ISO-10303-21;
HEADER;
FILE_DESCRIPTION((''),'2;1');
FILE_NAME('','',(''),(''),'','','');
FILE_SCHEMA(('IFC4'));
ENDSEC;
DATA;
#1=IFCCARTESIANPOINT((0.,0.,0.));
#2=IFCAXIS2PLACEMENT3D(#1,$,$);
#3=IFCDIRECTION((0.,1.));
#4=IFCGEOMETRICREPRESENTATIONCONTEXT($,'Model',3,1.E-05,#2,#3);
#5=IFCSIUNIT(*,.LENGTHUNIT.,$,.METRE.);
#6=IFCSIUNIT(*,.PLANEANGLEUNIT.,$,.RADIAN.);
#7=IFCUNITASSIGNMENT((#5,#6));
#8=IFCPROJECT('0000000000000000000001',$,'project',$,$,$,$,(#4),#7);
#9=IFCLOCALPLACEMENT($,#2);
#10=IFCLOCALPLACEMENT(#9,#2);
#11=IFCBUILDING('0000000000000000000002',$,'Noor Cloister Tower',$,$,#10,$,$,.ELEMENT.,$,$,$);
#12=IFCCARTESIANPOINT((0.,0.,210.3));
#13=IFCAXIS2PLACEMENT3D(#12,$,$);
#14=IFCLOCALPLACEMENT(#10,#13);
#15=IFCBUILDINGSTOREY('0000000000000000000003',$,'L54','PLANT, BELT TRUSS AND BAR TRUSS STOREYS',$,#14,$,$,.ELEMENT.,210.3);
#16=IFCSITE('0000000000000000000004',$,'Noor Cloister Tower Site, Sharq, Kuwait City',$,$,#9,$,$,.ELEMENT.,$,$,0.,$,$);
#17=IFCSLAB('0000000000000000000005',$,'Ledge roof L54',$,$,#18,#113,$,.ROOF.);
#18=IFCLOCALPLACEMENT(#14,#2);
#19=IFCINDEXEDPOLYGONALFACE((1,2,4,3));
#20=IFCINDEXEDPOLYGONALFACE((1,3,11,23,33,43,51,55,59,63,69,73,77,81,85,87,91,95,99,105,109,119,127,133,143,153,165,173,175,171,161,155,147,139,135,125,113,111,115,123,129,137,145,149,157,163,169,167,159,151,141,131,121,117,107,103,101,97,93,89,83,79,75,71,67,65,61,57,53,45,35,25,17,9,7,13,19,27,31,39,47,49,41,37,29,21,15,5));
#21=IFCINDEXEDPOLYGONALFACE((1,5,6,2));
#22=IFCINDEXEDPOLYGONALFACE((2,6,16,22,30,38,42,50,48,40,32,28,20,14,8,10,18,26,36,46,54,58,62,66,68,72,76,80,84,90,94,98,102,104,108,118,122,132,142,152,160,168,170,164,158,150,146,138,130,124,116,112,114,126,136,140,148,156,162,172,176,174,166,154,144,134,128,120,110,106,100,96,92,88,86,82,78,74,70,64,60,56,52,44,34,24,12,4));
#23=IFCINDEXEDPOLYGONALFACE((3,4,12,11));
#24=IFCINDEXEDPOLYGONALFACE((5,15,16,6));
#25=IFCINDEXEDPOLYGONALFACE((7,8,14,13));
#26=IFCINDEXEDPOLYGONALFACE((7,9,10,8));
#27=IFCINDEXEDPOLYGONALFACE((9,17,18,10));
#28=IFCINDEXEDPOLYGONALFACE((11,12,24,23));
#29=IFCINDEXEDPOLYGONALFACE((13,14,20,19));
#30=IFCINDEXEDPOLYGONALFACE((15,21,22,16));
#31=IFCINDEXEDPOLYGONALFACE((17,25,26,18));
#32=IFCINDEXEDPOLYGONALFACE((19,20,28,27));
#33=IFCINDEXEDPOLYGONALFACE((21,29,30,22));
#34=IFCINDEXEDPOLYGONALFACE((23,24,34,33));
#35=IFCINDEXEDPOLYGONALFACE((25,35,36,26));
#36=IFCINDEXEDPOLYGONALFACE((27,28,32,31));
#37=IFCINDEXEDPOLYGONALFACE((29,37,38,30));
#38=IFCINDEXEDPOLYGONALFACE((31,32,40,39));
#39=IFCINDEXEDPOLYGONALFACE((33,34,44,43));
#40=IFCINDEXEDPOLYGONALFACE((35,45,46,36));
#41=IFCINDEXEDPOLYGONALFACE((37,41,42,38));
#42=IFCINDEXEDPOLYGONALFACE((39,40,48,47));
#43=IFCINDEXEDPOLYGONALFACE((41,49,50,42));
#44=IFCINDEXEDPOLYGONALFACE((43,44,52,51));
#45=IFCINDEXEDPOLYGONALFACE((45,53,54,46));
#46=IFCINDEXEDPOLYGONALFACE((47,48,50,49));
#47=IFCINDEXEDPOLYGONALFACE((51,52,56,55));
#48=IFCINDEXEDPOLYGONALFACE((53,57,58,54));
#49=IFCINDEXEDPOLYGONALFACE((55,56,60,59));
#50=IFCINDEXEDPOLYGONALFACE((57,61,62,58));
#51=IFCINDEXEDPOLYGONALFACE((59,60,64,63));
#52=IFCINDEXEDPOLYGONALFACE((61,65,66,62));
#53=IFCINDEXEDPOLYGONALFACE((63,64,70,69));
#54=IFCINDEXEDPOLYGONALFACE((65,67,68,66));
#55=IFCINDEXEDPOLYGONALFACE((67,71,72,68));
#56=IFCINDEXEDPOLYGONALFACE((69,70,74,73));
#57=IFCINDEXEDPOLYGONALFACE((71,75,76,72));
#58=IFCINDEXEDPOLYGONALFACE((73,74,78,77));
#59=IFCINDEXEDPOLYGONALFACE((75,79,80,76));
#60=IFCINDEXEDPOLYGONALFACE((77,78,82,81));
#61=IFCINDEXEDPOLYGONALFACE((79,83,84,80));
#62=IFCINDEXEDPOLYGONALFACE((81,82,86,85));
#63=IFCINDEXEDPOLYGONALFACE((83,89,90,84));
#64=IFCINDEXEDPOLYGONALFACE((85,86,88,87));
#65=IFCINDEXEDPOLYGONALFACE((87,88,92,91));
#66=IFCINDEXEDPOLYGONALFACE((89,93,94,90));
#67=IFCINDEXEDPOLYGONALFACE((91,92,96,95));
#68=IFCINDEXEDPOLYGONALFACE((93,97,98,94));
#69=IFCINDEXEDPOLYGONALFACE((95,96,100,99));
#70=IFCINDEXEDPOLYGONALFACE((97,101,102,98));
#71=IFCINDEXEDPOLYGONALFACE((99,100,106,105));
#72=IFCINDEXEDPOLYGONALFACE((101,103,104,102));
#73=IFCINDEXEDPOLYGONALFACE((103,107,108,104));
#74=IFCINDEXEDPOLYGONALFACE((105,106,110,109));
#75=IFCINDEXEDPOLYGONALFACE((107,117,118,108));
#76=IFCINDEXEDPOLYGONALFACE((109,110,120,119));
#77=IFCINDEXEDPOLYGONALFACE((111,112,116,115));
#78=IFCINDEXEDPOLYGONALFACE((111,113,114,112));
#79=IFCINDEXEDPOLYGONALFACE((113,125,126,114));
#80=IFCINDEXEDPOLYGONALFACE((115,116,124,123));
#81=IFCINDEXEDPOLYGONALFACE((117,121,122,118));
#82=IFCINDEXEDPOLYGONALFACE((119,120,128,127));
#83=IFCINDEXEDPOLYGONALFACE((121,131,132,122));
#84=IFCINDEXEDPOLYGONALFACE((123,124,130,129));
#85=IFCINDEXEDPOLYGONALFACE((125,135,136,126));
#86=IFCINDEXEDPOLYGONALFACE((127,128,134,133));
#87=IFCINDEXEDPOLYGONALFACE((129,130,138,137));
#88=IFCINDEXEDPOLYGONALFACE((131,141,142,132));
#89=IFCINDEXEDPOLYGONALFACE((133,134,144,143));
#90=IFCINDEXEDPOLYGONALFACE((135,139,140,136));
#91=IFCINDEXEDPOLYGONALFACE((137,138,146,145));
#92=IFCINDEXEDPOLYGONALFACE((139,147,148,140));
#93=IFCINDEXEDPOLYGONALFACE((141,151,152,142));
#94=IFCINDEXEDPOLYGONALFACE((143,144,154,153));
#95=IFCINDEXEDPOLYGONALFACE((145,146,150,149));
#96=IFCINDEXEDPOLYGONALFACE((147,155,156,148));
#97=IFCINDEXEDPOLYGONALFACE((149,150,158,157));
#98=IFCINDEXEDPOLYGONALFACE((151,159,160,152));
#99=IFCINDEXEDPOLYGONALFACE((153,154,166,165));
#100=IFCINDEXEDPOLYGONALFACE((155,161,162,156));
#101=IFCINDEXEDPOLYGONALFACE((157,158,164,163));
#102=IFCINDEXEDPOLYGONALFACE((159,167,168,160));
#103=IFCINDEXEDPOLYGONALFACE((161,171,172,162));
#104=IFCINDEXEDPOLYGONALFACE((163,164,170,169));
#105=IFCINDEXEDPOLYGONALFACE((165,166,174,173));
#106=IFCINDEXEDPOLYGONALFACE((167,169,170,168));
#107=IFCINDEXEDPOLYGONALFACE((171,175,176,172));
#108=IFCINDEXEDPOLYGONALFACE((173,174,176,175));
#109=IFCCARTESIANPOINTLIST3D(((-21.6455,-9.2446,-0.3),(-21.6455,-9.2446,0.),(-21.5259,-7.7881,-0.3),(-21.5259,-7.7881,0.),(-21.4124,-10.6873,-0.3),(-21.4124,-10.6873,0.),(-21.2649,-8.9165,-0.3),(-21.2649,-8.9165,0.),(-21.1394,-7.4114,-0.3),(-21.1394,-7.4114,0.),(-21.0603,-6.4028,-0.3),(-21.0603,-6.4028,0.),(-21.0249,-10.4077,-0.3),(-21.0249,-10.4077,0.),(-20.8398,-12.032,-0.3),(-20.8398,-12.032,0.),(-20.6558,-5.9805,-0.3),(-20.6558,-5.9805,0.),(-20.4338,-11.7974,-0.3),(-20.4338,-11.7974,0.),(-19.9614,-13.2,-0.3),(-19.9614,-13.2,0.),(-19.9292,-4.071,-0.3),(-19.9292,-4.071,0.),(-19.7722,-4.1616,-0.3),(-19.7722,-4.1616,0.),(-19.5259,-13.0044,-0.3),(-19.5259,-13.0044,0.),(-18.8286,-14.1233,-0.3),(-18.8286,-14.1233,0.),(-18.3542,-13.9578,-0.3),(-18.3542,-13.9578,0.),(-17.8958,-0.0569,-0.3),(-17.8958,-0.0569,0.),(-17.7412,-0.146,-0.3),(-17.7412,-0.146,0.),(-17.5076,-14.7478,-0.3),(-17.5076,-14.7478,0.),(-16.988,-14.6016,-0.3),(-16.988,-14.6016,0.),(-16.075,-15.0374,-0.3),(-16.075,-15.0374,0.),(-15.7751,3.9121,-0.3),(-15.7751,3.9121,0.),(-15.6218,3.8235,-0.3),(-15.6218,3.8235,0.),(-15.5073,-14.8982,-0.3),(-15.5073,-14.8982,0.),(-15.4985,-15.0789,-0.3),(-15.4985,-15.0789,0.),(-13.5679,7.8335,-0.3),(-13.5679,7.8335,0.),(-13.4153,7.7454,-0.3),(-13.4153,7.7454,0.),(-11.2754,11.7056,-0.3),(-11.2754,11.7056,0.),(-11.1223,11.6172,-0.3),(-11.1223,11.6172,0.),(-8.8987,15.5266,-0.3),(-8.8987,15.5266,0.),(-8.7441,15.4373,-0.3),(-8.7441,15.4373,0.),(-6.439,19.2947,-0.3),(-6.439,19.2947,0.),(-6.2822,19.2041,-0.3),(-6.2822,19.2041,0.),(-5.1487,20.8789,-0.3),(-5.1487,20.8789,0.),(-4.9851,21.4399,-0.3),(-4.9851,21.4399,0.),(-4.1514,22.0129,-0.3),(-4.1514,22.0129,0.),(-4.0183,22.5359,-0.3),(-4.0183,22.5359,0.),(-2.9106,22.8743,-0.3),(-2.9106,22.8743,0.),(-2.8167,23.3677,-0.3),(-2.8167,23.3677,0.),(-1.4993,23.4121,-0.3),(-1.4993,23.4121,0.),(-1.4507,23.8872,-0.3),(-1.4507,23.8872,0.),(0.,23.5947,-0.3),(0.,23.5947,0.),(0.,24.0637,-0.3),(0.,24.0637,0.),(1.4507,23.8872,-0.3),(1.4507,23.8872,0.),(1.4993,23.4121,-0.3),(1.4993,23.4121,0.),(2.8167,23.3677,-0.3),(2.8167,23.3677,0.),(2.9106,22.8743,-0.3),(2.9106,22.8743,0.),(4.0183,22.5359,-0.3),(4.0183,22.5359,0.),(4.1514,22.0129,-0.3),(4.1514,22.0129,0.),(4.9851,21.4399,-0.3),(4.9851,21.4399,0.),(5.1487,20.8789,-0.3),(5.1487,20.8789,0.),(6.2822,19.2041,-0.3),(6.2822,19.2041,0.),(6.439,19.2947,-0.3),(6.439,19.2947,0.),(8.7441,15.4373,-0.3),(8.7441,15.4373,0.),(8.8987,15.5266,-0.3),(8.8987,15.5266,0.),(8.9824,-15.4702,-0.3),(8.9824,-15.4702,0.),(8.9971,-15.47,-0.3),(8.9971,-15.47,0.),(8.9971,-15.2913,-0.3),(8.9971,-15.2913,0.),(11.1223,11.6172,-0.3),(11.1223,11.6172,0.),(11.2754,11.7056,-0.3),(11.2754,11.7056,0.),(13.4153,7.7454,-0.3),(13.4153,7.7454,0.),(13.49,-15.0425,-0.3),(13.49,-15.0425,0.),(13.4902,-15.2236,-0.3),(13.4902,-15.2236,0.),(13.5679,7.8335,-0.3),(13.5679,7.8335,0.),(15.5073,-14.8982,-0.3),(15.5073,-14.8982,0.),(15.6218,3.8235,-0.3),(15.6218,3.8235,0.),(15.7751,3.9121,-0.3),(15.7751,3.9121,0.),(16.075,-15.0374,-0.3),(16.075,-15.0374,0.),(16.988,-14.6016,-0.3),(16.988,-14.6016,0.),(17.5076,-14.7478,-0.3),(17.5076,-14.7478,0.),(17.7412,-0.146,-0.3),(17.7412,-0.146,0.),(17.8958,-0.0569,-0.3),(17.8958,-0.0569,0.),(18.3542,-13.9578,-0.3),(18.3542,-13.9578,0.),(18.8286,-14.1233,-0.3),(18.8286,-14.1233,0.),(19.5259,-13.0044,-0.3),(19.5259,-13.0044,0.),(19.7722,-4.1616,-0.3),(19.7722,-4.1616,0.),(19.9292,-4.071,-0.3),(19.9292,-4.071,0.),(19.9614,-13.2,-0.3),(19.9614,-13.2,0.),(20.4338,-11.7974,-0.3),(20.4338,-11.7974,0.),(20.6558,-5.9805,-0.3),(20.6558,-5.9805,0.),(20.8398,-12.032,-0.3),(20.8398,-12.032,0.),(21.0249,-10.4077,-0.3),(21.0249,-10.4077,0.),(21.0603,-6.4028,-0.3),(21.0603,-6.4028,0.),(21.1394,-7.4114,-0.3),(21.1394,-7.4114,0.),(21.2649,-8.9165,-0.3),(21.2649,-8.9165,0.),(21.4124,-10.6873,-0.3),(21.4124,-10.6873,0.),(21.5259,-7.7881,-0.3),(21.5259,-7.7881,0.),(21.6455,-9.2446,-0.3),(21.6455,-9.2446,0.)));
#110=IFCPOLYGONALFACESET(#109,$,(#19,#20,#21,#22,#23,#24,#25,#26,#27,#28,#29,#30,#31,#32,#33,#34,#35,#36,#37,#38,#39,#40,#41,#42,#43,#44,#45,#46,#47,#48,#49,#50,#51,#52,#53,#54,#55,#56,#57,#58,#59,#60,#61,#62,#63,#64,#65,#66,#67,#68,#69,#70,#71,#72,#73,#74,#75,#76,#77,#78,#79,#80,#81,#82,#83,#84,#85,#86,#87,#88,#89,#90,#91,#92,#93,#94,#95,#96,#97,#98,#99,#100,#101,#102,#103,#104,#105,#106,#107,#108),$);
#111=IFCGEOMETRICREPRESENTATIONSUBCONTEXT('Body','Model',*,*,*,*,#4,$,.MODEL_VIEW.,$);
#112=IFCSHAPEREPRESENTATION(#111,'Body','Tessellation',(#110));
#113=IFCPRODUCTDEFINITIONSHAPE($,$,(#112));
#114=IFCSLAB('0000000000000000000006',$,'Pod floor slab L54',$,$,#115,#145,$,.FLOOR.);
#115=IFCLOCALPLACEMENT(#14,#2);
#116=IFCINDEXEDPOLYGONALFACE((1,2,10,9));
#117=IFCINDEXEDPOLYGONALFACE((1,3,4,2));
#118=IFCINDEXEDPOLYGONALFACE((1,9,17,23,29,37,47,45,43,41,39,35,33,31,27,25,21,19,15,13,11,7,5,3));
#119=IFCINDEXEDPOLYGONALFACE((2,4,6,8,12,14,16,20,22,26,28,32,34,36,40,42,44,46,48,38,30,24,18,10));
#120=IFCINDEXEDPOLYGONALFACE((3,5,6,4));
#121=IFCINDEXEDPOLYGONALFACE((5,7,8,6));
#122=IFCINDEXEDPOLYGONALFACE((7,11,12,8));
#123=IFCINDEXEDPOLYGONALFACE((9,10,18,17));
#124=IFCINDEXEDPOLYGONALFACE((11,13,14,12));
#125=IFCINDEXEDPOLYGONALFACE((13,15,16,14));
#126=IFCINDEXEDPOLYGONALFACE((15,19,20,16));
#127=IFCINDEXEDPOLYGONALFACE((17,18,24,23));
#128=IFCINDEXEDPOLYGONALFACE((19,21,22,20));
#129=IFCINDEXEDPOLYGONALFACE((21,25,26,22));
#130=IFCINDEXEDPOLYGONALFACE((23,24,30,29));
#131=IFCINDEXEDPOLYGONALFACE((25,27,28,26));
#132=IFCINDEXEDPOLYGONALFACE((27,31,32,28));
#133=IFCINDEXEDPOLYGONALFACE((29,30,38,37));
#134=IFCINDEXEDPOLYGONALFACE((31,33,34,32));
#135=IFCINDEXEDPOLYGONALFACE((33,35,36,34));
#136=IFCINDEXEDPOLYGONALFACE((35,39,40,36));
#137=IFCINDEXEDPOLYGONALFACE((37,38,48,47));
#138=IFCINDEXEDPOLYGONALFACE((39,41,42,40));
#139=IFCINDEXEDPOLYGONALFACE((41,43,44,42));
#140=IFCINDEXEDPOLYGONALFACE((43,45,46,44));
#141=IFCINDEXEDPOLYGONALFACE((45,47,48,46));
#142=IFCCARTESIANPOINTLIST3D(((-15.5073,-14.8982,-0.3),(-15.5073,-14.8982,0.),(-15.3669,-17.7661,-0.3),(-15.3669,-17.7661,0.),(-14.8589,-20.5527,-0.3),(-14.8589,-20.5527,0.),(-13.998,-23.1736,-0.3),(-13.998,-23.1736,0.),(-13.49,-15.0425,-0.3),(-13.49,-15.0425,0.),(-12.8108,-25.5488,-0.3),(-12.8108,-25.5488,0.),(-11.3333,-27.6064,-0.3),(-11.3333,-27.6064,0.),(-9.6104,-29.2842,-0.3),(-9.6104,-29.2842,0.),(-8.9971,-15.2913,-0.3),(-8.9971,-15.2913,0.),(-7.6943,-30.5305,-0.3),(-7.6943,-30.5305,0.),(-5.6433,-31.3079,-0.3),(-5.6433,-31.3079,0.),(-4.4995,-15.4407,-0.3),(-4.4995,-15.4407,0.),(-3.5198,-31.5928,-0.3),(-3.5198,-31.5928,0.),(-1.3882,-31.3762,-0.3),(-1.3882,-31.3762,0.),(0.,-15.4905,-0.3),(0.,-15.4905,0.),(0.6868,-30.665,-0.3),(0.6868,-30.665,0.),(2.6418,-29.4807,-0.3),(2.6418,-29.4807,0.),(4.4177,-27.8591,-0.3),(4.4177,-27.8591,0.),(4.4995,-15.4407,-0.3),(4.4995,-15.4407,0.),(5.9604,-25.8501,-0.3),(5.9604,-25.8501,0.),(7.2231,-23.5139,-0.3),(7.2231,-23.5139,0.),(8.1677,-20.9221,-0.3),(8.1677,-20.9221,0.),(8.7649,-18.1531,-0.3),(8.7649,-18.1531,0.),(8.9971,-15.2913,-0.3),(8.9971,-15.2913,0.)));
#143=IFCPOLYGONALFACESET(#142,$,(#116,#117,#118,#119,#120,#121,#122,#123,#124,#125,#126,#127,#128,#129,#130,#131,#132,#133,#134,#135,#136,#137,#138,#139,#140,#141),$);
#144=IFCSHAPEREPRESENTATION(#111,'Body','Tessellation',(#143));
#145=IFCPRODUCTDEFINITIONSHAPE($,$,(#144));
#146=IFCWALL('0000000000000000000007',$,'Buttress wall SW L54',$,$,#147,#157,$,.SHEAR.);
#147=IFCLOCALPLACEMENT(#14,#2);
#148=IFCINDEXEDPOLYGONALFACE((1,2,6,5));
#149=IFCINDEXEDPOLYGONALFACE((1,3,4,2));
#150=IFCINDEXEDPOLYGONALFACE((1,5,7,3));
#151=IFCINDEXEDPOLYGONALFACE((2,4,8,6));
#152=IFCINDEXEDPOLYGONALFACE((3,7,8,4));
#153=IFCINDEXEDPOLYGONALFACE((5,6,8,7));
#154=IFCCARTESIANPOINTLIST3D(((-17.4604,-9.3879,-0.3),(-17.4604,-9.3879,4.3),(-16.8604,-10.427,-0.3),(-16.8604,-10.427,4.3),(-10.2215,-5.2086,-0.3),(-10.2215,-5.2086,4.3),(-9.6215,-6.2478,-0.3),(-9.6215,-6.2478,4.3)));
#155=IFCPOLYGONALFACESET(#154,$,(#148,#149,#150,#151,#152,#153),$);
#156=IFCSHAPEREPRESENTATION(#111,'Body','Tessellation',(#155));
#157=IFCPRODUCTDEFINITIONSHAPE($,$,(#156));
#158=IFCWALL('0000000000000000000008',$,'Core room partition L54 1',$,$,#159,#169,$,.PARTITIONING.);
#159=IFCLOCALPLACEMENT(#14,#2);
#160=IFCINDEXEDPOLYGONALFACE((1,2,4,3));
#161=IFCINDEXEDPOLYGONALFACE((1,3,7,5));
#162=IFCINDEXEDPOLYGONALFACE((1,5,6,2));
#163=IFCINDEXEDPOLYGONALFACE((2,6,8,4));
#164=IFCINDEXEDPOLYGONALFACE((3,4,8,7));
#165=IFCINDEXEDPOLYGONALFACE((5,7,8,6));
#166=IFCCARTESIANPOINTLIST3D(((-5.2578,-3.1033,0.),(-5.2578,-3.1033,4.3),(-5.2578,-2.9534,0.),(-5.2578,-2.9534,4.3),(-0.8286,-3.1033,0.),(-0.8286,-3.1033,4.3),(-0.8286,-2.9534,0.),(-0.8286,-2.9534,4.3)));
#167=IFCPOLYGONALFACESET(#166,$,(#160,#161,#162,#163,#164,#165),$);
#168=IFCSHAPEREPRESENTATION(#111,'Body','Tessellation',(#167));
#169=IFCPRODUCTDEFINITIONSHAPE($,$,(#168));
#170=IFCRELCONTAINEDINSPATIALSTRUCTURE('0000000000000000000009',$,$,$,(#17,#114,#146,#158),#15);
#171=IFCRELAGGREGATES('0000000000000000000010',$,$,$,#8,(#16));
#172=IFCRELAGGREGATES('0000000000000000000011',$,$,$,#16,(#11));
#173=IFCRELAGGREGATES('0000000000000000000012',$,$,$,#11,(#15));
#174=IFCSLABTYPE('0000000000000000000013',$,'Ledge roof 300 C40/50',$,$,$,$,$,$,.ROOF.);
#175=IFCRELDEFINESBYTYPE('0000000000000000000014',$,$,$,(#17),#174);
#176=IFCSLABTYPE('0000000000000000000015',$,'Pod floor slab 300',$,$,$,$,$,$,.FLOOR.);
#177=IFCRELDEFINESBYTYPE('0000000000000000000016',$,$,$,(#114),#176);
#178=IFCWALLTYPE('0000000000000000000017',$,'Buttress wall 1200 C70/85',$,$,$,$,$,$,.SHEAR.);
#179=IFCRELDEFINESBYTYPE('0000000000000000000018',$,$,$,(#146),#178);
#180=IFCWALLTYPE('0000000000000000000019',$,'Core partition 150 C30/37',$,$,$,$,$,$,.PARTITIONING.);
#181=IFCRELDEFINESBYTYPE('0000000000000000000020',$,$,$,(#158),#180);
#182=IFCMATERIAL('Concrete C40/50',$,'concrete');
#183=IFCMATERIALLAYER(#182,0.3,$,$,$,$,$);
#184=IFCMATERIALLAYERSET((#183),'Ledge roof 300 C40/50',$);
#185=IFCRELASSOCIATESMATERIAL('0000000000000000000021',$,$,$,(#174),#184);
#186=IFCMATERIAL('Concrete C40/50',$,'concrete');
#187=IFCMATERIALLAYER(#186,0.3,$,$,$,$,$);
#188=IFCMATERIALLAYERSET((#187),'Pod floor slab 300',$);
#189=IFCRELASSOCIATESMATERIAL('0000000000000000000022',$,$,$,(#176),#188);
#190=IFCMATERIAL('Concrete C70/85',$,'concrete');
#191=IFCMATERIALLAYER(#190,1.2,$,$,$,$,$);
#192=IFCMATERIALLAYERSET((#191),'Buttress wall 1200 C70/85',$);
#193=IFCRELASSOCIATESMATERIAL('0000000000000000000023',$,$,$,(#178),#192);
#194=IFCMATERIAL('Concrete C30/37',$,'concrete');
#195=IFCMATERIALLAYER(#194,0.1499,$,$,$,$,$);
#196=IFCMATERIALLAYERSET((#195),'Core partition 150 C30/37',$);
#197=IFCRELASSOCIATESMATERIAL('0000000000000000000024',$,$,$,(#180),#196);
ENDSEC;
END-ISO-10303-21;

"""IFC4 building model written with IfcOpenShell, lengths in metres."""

from ifc_helpers import new_model, si_unit, direction, frame, frame_2d, origin, place, context, subcontext, project, spatial, polyline, rectangle, outline, extrude, material, layer, layer_set, type_object, element, save


model = new_model("IFC4")

# Units and contexts
model_context = context("Model", 3, precision=1e-05, world=origin(), true_north=direction((0.0, 1.0)))
body_context = subcontext(model_context, "Body", "Model", "MODEL_VIEW")
ifc_project = project(units=[si_unit("LENGTHUNIT", "METRE"), si_unit("PLANEANGLEUNIT", "RADIAN")], contexts=[model_context])

# Site, building, storey
site_placement = place(None, origin())
site = spatial("IfcSite", under=ifc_project, at=site_placement, Name="Noor Cloister Tower Site, Sharq, Kuwait City", CompositionType="ELEMENT", RefElevation=0.0)
building_placement = place(site_placement, origin())
building = spatial("IfcBuilding", under=site, at=building_placement, Name="Noor Cloister Tower", CompositionType="ELEMENT")
storey_placement = place(building_placement, frame((0.0, 0.0, 210.3)))
storey = spatial("IfcBuildingStorey", under=building, at=storey_placement, Name="L54", Description="PLANT, BELT TRUSS AND BAR TRUSS STOREYS", CompositionType="ELEMENT", Elevation=210.3)

# Slabs
ifc_material_1 = material(Name="Concrete C40/50", Category="concrete")
ifc_layer_1 = layer(ifc_material_1, 0.3)
ifc_layer_set_1 = layer_set([ifc_layer_1], Name="Ledge roof 300 C40/50")
slab_type_1 = type_object("IfcSlabType", Name="Ledge roof 300 C40/50", PredefinedType="ROOF", material=ifc_layer_set_1)
slab_1_placement = place(storey_placement, frame((0.0, 0.0, -0.3)))
element("IfcSlab", 1, at=slab_1_placement, inside=storey, type_object=slab_type_1, Name="Ledge roof L54", PredefinedType="ROOF", context=body_context, shape_type="SweptSolid", body=[
    extrude(outline(polyline([(8.8987, 15.5266), (6.439, 19.2947), (4.9851, 21.4399), (4.0183, 22.5359), (2.8167, 23.3677), (1.4507, 23.8872), (0.0, 24.0637), (-1.4507, 23.8872), (-2.8167, 23.3677), (-4.0183, 22.5359), (-4.9851, 21.4399), (-6.439, 19.2947), (-8.8987, 15.5266), (-11.2754, 11.7056), (-13.5679, 7.8335), (-15.7751, 3.9121), (-17.8958, -0.0569), (-19.9292, -4.071), (-21.0603, -6.4028), (-21.5259, -7.7881), (-21.6455, -9.2446), (-21.4124, -10.6873), (-20.8398, -12.032), (-19.9614, -13.2), (-18.8286, -14.1233), (-17.5076, -14.7478), (-16.075, -15.0374), (-15.4985, -15.0789), (-15.5073, -14.8982), (-16.988, -14.6016), (-18.3542, -13.9578), (-19.5259, -13.0044), (-20.4338, -11.7974), (-21.0249, -10.4077), (-21.2649, -8.9165), (-21.1394, -7.4114), (-20.6558, -5.9805), (-19.7722, -4.1616), (-17.7412, -0.146), (-15.6218, 3.8235), (-13.4153, 7.7454), (-11.1223, 11.6172), (-8.7441, 15.4373), (-6.2822, 19.2041), (-5.1487, 20.8789), (-4.1514, 22.0129), (-2.9106, 22.8743), (-1.4993, 23.4121), (0.0, 23.5947), (1.4993, 23.4121), (2.9106, 22.8743), (4.1514, 22.0129), (5.1487, 20.8789), (6.2822, 19.2041), (8.7441, 15.4373), (11.1223, 11.6172), (13.4153, 7.7454), (15.6218, 3.8235), (17.7412, -0.146), (19.7722, -4.1616), (20.6558, -5.9805), (21.1394, -7.4114), (21.2649, -8.9165), (21.0249, -10.4077), (20.4338, -11.7974), (19.5259, -13.0044), (18.3542, -13.9578), (16.988, -14.6016), (15.5073, -14.8982), (13.49, -15.0425), (8.9971, -15.2913), (8.9824, -15.4702), (8.9971, -15.47), (13.4902, -15.2236), (16.075, -15.0374), (17.5076, -14.7478), (18.8286, -14.1233), (19.9614, -13.2), (20.8398, -12.032), (21.4124, -10.6873), (21.6455, -9.2446), (21.5259, -7.7881), (21.0603, -6.4028), (19.9292, -4.071), (17.8958, -0.0569), (15.7751, 3.9121), (13.5679, 7.8335), (11.2754, 11.7056), (8.8987, 15.5266)])), origin(), (0.0, 0.0, 1.0), 0.3),
])
ifc_material_2 = material(Name="Concrete C40/50", Category="concrete")
ifc_layer_2 = layer(ifc_material_2, 0.3)
ifc_layer_set_2 = layer_set([ifc_layer_2], Name="Pod floor slab 300")
slab_type_2 = type_object("IfcSlabType", Name="Pod floor slab 300", PredefinedType="FLOOR", material=ifc_layer_set_2)
slab_2_placement = place(storey_placement, frame((0.0, 0.0, -0.3)))
element("IfcSlab", 2, at=slab_2_placement, inside=storey, type_object=slab_type_2, Name="Pod floor slab L54", PredefinedType="FLOOR", context=body_context, shape_type="SweptSolid", body=[
    extrude(outline(polyline([(-15.5073, -14.8982), (-15.3669, -17.7661), (-14.8589, -20.5527), (-13.998, -23.1736), (-12.8108, -25.5488), (-11.3333, -27.6064), (-9.6104, -29.2842), (-7.6943, -30.5305), (-5.6433, -31.3079), (-3.5198, -31.5928), (-1.3882, -31.3762), (0.6868, -30.665), (2.6418, -29.4807), (4.4177, -27.8591), (5.9604, -25.8501), (7.2231, -23.5139), (8.1677, -20.9221), (8.7649, -18.1531), (8.9971, -15.2913), (4.4995, -15.4407), (0.0, -15.4905), (-4.4995, -15.4407), (-8.9971, -15.2913), (-13.49, -15.0425), (-15.5073, -14.8982)])), origin(), (0.0, 0.0, 1.0), 0.3),
])

# Walls
ifc_material_3 = material(Name="Concrete C70/85", Category="concrete")
ifc_layer_3 = layer(ifc_material_3, 1.2)
ifc_layer_set_3 = layer_set([ifc_layer_3], Name="Buttress wall 1200 C70/85")
wall_type_1 = type_object("IfcWallType", Name="Buttress wall 1200 C70/85", PredefinedType="SHEAR", material=ifc_layer_set_3)
wall_1_placement = place(storey_placement, frame((-9.9216, -5.7283, -0.3), z_axis=(0.0, 0.0, 1.0), x_axis=(-0.866031, -0.49999, 0.0)))
element("IfcWall", 3, at=wall_1_placement, inside=storey, type_object=wall_type_1, Name="Buttress wall SW L54", PredefinedType="SHEAR", context=body_context, shape_type="SweptSolid", body=[
    extrude(rectangle(XDim=8.3586, YDim=1.2, at=frame_2d((4.1792, 0.0))), origin(), (0.0, 0.0, 1.0), 4.6001),
])
ifc_material_4 = material(Name="Concrete C30/37", Category="concrete")
ifc_layer_4 = layer(ifc_material_4, 0.1499)
ifc_layer_set_4 = layer_set([ifc_layer_4], Name="Core partition 150 C30/37")
wall_type_2 = type_object("IfcWallType", Name="Core partition 150 C30/37", PredefinedType="PARTITIONING", material=ifc_layer_set_4)
wall_2_placement = place(storey_placement, frame((-5.2578, -3.0283, 0.0), z_axis=(0.0, 0.0, 1.0), x_axis=(1.0, 0.0, 0.0)))
element("IfcWall", 4, at=wall_2_placement, inside=storey, type_object=wall_type_2, Name="Core room partition L54 1", PredefinedType="PARTITIONING", context=body_context, shape_type="SweptSolid", body=[
    extrude(rectangle(XDim=4.4292, YDim=0.1499, at=frame_2d((2.2146, 0.0))), origin(), (0.0, 0.0, 1.0), 4.3),
])

save(model, "model.ifc")
